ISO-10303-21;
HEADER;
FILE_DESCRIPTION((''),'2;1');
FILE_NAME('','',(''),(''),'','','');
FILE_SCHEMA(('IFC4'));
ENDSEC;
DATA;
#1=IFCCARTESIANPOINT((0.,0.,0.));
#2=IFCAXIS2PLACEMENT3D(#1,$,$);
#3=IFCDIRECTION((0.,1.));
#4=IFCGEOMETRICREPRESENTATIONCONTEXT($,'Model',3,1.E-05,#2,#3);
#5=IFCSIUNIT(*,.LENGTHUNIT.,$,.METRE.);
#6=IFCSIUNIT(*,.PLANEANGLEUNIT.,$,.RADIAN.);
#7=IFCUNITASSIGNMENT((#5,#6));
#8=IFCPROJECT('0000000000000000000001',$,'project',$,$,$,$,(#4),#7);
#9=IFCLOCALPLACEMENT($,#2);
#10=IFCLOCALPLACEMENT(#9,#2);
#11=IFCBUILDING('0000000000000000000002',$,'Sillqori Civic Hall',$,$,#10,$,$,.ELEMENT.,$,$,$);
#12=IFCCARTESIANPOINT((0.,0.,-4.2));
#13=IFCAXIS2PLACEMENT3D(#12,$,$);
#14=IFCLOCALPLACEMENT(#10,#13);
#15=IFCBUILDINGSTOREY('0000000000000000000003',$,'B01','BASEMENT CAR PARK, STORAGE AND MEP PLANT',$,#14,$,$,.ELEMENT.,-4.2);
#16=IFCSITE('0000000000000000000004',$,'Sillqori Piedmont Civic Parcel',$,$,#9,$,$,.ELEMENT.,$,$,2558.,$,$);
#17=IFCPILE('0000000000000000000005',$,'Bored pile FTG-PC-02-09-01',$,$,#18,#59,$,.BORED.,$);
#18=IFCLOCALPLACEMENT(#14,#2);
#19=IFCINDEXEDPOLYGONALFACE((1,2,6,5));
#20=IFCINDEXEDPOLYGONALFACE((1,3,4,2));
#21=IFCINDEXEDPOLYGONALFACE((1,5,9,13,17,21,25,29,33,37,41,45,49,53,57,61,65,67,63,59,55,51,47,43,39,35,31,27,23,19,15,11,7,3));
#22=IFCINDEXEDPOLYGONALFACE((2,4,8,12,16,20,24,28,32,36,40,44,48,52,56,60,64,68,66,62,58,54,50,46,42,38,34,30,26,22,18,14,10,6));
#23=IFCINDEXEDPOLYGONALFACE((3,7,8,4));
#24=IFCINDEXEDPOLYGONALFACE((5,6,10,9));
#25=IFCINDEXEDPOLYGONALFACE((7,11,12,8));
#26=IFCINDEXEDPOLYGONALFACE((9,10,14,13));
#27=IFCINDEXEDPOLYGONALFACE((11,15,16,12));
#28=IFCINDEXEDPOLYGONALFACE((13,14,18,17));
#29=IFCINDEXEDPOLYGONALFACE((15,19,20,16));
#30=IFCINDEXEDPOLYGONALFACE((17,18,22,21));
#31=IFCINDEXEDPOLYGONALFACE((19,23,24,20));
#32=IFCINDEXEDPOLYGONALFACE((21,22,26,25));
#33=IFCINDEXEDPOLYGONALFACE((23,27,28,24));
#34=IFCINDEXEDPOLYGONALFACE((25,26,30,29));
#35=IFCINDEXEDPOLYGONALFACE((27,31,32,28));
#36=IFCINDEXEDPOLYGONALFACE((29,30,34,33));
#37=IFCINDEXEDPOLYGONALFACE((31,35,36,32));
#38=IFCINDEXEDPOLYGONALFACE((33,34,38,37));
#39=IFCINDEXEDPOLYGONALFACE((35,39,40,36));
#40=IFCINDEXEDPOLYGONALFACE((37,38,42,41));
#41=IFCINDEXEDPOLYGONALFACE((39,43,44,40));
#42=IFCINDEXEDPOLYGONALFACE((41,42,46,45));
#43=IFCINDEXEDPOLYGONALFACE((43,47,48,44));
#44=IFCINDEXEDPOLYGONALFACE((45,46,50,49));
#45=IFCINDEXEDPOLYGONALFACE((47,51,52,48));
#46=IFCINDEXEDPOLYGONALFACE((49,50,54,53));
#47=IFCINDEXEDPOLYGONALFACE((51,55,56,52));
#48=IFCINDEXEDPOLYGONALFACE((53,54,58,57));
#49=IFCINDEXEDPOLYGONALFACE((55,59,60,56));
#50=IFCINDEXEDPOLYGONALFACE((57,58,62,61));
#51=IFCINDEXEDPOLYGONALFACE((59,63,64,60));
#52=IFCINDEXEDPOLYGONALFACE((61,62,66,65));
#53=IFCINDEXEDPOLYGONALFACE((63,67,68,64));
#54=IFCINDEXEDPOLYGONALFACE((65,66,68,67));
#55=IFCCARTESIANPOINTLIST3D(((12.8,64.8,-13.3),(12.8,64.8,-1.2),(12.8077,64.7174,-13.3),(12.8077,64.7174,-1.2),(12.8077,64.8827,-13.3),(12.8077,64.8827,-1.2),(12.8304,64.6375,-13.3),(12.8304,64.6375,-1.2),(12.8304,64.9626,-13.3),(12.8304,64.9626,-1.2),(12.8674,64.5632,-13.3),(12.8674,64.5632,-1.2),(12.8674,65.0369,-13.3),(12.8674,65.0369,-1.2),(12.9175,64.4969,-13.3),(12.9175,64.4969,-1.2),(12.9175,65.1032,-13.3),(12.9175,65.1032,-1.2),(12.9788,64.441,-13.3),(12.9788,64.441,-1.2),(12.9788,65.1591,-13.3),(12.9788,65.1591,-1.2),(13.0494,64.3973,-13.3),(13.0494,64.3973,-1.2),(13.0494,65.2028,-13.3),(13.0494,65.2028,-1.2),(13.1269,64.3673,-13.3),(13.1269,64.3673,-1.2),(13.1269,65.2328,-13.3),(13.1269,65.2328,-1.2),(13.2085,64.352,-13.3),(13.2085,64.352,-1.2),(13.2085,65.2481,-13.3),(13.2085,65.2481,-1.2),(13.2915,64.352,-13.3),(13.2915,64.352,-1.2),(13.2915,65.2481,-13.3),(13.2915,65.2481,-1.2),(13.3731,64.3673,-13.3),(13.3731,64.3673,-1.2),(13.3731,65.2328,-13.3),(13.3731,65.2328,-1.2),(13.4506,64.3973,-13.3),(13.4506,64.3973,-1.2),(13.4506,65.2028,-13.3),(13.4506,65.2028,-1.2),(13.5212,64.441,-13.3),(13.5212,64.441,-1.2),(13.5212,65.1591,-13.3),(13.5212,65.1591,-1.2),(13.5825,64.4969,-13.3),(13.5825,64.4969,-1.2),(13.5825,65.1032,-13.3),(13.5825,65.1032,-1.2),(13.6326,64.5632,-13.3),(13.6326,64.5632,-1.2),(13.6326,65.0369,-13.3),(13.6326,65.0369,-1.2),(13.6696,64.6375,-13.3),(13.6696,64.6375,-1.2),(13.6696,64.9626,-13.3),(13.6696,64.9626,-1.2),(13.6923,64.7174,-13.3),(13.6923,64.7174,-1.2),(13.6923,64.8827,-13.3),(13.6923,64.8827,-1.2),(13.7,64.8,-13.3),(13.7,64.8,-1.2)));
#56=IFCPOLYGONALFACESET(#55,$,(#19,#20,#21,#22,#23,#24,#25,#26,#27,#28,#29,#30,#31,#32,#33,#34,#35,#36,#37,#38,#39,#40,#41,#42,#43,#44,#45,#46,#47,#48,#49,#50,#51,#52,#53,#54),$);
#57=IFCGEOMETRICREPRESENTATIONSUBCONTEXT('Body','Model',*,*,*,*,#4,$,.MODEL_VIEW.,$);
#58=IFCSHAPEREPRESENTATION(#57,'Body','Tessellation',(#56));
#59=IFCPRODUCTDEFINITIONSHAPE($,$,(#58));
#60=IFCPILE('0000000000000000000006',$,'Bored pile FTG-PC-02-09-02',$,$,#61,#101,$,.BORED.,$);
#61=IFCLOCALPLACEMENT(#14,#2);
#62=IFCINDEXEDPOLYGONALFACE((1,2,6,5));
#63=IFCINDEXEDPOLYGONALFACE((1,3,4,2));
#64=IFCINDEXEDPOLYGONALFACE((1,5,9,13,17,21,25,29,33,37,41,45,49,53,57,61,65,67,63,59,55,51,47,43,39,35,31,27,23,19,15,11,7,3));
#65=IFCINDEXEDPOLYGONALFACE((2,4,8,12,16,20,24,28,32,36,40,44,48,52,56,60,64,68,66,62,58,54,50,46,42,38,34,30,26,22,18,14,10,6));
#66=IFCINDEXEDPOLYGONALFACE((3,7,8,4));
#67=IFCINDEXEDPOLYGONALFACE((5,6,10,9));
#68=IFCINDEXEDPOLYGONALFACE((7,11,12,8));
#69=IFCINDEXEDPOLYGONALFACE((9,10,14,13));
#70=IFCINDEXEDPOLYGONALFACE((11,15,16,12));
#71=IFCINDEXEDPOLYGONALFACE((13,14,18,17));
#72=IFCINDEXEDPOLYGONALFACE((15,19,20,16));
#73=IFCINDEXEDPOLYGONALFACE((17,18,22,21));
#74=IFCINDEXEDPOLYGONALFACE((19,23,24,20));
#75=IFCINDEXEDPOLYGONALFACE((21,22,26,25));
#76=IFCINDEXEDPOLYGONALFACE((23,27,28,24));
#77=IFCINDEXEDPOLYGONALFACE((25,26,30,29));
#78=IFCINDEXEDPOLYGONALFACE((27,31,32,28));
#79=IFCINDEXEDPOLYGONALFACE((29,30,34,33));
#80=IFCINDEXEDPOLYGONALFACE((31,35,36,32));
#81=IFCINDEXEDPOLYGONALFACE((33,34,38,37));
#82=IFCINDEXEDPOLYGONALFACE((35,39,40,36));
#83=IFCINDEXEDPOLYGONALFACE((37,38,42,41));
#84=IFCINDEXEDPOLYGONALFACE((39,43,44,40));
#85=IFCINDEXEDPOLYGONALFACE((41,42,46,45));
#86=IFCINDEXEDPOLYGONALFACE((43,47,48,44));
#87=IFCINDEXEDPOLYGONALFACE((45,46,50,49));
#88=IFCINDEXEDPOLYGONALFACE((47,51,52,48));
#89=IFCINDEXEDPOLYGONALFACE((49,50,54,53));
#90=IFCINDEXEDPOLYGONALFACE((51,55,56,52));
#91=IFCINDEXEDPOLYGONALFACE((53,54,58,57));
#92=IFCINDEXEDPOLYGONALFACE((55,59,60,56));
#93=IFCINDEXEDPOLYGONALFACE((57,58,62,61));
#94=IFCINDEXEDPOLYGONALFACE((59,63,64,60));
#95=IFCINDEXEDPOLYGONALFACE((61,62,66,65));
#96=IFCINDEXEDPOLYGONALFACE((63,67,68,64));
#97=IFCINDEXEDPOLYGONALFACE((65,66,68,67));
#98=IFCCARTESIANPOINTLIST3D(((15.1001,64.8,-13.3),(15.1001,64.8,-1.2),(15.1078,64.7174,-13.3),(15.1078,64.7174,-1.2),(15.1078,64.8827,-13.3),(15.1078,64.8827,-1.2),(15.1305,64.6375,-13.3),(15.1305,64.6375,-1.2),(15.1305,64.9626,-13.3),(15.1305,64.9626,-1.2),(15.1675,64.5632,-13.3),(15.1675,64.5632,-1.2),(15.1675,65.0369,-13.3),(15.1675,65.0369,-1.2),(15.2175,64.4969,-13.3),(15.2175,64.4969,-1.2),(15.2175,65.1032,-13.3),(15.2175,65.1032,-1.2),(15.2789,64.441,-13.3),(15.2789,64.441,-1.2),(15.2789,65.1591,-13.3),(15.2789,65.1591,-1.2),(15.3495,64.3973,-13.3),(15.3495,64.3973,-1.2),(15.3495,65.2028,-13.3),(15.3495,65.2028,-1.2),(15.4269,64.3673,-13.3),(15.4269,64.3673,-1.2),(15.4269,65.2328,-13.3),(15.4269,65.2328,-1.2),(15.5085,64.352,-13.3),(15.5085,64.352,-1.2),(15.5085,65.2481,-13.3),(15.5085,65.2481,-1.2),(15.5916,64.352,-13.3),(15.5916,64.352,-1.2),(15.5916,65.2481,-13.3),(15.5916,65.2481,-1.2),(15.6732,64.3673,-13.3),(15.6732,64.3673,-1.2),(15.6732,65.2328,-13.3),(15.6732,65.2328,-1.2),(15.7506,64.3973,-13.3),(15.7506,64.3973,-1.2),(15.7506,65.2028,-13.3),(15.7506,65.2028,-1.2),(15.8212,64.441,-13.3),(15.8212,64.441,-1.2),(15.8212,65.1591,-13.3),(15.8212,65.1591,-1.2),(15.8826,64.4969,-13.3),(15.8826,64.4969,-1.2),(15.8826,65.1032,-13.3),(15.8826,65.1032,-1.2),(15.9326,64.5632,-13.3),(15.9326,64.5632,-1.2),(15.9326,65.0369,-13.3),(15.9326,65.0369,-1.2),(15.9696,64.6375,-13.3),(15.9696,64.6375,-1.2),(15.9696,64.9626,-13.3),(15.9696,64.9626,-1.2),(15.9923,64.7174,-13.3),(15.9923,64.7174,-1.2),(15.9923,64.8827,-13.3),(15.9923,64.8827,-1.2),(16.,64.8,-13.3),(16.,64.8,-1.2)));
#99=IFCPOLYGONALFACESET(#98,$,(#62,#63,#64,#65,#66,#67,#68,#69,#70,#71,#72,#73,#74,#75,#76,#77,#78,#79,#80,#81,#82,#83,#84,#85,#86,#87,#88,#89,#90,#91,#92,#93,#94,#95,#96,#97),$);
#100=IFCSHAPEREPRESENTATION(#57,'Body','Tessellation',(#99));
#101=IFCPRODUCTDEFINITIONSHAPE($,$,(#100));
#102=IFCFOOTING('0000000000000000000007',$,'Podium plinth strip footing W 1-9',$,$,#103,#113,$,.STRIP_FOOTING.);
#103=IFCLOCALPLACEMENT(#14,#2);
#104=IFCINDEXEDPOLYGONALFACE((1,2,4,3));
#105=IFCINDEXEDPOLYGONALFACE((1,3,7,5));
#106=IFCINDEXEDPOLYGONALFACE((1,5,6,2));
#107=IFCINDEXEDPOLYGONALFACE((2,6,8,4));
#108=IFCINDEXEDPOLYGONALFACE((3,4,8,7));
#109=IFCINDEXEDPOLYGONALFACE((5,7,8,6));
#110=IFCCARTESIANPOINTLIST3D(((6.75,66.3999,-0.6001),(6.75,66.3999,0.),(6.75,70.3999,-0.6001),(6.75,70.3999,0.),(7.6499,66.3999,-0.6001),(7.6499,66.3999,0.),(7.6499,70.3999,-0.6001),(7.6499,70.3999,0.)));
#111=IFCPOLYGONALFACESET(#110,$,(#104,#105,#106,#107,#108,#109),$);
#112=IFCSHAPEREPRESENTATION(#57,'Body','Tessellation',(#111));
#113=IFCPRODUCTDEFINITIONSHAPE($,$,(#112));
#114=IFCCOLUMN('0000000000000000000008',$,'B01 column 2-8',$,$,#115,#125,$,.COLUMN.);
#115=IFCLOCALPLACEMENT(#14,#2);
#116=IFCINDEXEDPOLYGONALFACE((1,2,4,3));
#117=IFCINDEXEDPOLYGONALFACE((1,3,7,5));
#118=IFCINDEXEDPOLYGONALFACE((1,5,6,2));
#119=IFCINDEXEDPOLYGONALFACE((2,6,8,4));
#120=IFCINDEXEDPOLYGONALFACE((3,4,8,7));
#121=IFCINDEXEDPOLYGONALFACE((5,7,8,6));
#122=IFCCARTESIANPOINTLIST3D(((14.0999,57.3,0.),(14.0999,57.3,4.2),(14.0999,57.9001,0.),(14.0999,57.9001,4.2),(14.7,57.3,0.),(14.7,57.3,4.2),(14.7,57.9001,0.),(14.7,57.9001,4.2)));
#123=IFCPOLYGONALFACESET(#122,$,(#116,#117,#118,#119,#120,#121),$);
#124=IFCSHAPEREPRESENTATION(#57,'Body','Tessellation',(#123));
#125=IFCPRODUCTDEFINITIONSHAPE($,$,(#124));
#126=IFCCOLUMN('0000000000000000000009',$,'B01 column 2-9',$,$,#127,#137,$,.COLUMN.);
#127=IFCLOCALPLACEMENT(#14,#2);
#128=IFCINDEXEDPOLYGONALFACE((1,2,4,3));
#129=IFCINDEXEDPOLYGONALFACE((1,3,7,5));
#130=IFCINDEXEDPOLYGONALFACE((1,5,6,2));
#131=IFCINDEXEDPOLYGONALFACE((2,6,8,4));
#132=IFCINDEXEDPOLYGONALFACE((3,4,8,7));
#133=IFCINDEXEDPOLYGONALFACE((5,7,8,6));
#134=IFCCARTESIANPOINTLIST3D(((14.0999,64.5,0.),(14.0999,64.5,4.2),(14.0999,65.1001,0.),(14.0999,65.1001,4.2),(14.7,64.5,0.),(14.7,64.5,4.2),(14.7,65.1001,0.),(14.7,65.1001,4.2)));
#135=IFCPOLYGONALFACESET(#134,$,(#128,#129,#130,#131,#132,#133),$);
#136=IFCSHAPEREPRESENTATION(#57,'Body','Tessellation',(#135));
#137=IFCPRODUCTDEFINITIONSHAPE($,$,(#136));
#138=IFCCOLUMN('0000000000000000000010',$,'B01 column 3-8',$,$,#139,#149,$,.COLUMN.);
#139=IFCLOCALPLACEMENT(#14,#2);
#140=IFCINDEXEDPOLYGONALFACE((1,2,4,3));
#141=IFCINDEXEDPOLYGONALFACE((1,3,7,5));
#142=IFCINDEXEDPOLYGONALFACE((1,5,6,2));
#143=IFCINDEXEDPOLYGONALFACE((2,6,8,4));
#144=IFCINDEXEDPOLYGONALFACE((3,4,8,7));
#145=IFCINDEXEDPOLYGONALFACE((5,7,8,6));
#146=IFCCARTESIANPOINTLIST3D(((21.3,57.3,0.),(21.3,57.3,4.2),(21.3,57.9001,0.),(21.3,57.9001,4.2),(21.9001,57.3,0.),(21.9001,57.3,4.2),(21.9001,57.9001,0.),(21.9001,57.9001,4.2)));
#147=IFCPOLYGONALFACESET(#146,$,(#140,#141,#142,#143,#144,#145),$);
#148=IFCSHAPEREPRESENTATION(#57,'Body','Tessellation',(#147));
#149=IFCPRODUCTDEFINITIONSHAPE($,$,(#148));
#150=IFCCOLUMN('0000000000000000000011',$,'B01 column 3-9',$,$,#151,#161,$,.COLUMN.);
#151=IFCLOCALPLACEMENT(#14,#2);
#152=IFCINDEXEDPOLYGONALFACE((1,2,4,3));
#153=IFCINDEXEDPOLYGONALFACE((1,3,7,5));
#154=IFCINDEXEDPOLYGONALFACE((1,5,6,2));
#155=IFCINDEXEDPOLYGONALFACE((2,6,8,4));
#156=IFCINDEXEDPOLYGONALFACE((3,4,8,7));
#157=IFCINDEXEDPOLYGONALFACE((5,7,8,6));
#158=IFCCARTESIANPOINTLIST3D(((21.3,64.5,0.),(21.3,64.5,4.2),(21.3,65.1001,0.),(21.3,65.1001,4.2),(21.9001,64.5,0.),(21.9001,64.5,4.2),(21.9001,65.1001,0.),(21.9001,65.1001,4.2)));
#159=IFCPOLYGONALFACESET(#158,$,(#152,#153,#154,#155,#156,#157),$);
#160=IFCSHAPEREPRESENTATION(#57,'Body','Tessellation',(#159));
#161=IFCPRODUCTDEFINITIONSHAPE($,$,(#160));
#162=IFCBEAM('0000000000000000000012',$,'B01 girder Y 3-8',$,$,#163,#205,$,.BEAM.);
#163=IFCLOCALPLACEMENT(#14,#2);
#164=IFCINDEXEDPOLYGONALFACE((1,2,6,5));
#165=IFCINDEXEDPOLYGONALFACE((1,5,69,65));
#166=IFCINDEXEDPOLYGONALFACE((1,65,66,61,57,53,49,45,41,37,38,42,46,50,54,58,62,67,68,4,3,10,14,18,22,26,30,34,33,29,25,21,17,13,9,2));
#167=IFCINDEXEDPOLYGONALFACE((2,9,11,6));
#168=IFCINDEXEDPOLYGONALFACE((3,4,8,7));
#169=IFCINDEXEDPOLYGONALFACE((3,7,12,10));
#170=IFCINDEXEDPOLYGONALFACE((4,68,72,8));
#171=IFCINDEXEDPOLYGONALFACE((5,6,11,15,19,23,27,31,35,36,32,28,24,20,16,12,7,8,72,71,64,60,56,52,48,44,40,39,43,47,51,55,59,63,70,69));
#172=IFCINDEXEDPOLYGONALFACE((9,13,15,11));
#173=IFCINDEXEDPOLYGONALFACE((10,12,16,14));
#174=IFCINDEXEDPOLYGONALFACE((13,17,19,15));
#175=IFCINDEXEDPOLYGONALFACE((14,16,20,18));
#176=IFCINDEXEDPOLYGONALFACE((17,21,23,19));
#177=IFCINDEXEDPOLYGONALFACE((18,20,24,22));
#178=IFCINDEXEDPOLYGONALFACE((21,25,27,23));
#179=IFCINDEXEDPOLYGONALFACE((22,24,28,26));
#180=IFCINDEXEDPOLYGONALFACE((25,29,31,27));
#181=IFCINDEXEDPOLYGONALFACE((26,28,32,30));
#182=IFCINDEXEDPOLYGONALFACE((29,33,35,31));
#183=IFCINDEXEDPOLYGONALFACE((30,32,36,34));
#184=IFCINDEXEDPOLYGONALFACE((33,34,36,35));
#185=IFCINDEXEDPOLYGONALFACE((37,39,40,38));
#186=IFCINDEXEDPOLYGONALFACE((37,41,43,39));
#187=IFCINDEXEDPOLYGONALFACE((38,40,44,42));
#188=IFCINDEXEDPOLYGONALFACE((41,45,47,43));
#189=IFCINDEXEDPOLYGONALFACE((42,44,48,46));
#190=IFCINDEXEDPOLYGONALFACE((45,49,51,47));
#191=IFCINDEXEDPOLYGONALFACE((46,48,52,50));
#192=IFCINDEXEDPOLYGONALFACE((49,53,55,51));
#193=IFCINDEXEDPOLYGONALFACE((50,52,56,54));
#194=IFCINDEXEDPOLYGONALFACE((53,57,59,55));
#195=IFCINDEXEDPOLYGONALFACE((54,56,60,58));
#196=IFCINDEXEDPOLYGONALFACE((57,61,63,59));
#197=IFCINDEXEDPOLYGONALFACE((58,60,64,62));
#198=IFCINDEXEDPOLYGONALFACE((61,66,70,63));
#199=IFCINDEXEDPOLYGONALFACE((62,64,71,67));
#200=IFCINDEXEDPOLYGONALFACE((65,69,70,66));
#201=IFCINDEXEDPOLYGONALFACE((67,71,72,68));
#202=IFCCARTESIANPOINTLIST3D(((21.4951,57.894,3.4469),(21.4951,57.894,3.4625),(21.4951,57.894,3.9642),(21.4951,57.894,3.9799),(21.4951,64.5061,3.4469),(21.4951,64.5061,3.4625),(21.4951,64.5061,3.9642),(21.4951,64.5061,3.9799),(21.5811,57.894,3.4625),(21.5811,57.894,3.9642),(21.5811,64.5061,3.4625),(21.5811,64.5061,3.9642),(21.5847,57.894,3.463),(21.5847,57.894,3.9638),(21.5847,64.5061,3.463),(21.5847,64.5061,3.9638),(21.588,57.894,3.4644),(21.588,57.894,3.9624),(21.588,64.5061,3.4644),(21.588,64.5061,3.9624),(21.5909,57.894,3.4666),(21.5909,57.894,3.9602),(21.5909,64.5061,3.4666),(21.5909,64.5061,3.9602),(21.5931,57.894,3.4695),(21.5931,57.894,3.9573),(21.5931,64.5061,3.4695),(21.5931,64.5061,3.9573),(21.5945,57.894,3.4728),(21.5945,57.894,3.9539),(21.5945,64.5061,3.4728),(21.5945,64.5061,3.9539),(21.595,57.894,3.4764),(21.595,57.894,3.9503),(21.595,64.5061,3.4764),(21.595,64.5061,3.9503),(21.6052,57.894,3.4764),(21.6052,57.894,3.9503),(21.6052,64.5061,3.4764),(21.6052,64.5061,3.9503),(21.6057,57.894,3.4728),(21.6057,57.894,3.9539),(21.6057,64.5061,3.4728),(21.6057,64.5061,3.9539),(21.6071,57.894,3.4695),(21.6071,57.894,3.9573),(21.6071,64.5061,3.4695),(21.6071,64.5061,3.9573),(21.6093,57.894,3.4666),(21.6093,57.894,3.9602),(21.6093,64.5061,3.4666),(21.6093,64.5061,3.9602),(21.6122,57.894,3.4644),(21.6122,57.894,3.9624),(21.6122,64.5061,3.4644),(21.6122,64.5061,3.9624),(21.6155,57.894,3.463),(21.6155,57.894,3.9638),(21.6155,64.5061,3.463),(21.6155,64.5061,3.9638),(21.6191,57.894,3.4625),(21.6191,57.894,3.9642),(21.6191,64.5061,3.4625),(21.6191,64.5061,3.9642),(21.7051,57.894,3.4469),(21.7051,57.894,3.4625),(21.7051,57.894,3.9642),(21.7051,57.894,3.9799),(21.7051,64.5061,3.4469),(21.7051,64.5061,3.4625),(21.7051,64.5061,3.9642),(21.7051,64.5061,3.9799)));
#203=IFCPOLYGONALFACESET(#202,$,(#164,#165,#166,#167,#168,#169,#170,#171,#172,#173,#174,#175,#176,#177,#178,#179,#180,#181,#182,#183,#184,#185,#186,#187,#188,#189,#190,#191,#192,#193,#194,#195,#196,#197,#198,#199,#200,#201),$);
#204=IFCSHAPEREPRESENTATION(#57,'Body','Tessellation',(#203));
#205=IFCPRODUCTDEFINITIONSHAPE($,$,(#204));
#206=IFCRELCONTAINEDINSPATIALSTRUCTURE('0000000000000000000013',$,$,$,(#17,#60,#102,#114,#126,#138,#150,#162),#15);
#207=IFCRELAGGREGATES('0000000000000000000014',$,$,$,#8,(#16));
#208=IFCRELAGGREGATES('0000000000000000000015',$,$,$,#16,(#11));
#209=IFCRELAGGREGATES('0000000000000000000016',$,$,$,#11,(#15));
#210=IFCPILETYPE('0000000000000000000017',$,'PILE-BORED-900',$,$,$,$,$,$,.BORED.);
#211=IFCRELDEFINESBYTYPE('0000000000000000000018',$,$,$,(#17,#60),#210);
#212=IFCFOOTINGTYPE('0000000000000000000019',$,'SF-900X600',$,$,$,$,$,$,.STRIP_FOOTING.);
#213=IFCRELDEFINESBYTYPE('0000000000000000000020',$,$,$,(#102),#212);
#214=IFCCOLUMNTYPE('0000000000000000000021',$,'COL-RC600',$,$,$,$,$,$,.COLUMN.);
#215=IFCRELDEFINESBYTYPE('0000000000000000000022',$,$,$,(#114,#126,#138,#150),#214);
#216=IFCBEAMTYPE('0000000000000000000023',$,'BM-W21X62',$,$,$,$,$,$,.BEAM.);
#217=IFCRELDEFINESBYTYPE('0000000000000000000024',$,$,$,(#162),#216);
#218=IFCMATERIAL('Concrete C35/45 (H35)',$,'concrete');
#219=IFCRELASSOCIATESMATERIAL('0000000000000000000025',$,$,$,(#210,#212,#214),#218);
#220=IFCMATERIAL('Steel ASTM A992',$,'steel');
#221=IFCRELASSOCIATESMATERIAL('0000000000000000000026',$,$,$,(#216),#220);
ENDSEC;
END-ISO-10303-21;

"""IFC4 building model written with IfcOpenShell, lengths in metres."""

from ifc_helpers import new_model, si_unit, direction, frame, origin, origin_2d, place, context, subcontext, project, spatial, rectangle, circle, i_section, extrude, material, material_profile, profile_set, type_object, element, save


model = new_model("IFC4")

# Units and contexts
model_context = context("Model", 3, precision=1e-05, world=origin(), true_north=direction((0.0, 1.0)))
body_context = subcontext(model_context, "Body", "Model", "MODEL_VIEW")
ifc_project = project(units=[si_unit("LENGTHUNIT", "METRE"), si_unit("PLANEANGLEUNIT", "RADIAN")], contexts=[model_context])

# Site, building, storey
site_placement = place(None, origin())
site = spatial("IfcSite", under=ifc_project, at=site_placement, Name="Sillqori Piedmont Civic Parcel", CompositionType="ELEMENT", RefElevation=2558.0)
building_placement = place(site_placement, origin())
building = spatial("IfcBuilding", under=site, at=building_placement, Name="Sillqori Civic Hall", CompositionType="ELEMENT")
storey_placement = place(building_placement, frame((0.0, 0.0, -4.2)))
storey = spatial("IfcBuildingStorey", under=building, at=storey_placement, Name="B01", Description="BASEMENT CAR PARK, STORAGE AND MEP PLANT", CompositionType="ELEMENT", Elevation=-4.2)

# Shared definitions
ifc_material_1 = material(Name="Concrete C35/45 (H35)", Category="concrete")

# Piles
ifc_material_profile_1 = material_profile(ifc_material_1, circle(Radius=0.45, at=origin_2d()), Name="BORED PILE 900")
ifc_profile_set_1 = profile_set([ifc_material_profile_1], Name="Concrete C35/45 (H35)")
pile_type = type_object("IfcPileType", Name="PILE-BORED-900", PredefinedType="BORED", material=ifc_profile_set_1)
for number, where, z_axis, x_axis, name in (
    (1, (13.25, 64.8, -1.2), (0.0, 0.0, -1.0), (1.0, 0.0, 0.0), "Bored pile FTG-PC-02-09-01"),
    (2, (15.55, 64.8, -1.2), (0.0, 0.0, -1.0), (1.0, 0.0, 0.0), "Bored pile FTG-PC-02-09-02"),
):
    element("IfcPile", number, at=place(storey_placement, frame(where, z_axis=z_axis, x_axis=x_axis)), inside=storey, type_object=pile_type, Name=name, PredefinedType="BORED", context=body_context, shape_type="SweptSolid", body=[
        extrude(circle(Radius=0.45, at=origin_2d()), origin(), (0.0, 0.0, 1.0), 12.1001),
    ])

# Footing
footing_type_1 = type_object("IfcFootingType", Name="SF-900X600", PredefinedType="STRIP_FOOTING", material=ifc_material_1)
footing_1_placement = place(storey_placement, frame((7.2, 68.3999, -0.6001), z_axis=(0.0, 0.0, 1.0), x_axis=(1.0, 0.0, 0.0)))
element("IfcFooting", 3, at=footing_1_placement, inside=storey, type_object=footing_type_1, Name="Podium plinth strip footing W 1-9", PredefinedType="STRIP_FOOTING", context=body_context, shape_type="SweptSolid", body=[
    extrude(rectangle(XDim=0.8999, YDim=4.0, at=origin_2d()), origin(), (0.0, 0.0, 1.0), 0.6001),
])

# Columns
ifc_material_profile_2 = material_profile(ifc_material_1, rectangle(XDim=0.6001, YDim=0.6001, at=origin_2d()), Name="RC 600x600")
ifc_profile_set_2 = profile_set([ifc_material_profile_2], Name="Concrete C35/45 (H35)")
column_type = type_object("IfcColumnType", Name="COL-RC600", PredefinedType="COLUMN", material=ifc_profile_set_2)
for number, where, z_axis, x_axis, name in (
    (4, (14.3999, 57.6001, 0.0), (0.0, 0.0, 1.0), (1.0, 0.0, 0.0), "B01 column 2-8"),
    (5, (14.3999, 64.8, 0.0), (0.0, 0.0, 1.0), (1.0, 0.0, 0.0), "B01 column 2-9"),
    (6, (21.6001, 57.6001, 0.0), (0.0, 0.0, 1.0), (1.0, 0.0, 0.0), "B01 column 3-8"),
    (7, (21.6001, 64.8, 0.0), (0.0, 0.0, 1.0), (1.0, 0.0, 0.0), "B01 column 3-9"),
):
    element("IfcColumn", number, at=place(storey_placement, frame(where, z_axis=z_axis, x_axis=x_axis)), inside=storey, type_object=column_type, Name=name, PredefinedType="COLUMN", context=body_context, shape_type="SweptSolid", body=[
        extrude(rectangle(XDim=0.6001, YDim=0.6001, at=origin_2d()), origin(), (0.0, 0.0, 1.0), 4.2),
    ])

# Beam
ifc_material_2 = material(Name="Steel ASTM A992", Category="steel")
ifc_material_profile_3 = material_profile(ifc_material_2, i_section(OverallWidth=0.21, OverallDepth=0.533, WebThickness=0.0103, FlangeThickness=0.0156, FilletRadius=0.0139, at=origin_2d()), Name="W21X62")
ifc_profile_set_3 = profile_set([ifc_material_profile_3], Name="Steel ASTM A992")
beam_type = type_object("IfcBeamType", Name="BM-W21X62", PredefinedType="BEAM", material=ifc_profile_set_3)
for number, where, z_axis, x_axis, name in (
    (8, (21.6001, 57.894, 3.7134), (0.0, 1.0, 0.0), (-1.0, 0.0, 0.0), "B01 girder Y 3-8"),
):
    element("IfcBeam", number, at=place(storey_placement, frame(where, z_axis=z_axis, x_axis=x_axis)), inside=storey, type_object=beam_type, Name=name, PredefinedType="BEAM", context=body_context, shape_type="SweptSolid", body=[
        extrude(i_section(OverallWidth=0.21, OverallDepth=0.533, WebThickness=0.0103, FlangeThickness=0.0156, FilletRadius=0.0139, at=origin_2d()), origin(), (0.0, 0.0, 1.0), 6.6121),
    ])

save(model, "model.ifc")
